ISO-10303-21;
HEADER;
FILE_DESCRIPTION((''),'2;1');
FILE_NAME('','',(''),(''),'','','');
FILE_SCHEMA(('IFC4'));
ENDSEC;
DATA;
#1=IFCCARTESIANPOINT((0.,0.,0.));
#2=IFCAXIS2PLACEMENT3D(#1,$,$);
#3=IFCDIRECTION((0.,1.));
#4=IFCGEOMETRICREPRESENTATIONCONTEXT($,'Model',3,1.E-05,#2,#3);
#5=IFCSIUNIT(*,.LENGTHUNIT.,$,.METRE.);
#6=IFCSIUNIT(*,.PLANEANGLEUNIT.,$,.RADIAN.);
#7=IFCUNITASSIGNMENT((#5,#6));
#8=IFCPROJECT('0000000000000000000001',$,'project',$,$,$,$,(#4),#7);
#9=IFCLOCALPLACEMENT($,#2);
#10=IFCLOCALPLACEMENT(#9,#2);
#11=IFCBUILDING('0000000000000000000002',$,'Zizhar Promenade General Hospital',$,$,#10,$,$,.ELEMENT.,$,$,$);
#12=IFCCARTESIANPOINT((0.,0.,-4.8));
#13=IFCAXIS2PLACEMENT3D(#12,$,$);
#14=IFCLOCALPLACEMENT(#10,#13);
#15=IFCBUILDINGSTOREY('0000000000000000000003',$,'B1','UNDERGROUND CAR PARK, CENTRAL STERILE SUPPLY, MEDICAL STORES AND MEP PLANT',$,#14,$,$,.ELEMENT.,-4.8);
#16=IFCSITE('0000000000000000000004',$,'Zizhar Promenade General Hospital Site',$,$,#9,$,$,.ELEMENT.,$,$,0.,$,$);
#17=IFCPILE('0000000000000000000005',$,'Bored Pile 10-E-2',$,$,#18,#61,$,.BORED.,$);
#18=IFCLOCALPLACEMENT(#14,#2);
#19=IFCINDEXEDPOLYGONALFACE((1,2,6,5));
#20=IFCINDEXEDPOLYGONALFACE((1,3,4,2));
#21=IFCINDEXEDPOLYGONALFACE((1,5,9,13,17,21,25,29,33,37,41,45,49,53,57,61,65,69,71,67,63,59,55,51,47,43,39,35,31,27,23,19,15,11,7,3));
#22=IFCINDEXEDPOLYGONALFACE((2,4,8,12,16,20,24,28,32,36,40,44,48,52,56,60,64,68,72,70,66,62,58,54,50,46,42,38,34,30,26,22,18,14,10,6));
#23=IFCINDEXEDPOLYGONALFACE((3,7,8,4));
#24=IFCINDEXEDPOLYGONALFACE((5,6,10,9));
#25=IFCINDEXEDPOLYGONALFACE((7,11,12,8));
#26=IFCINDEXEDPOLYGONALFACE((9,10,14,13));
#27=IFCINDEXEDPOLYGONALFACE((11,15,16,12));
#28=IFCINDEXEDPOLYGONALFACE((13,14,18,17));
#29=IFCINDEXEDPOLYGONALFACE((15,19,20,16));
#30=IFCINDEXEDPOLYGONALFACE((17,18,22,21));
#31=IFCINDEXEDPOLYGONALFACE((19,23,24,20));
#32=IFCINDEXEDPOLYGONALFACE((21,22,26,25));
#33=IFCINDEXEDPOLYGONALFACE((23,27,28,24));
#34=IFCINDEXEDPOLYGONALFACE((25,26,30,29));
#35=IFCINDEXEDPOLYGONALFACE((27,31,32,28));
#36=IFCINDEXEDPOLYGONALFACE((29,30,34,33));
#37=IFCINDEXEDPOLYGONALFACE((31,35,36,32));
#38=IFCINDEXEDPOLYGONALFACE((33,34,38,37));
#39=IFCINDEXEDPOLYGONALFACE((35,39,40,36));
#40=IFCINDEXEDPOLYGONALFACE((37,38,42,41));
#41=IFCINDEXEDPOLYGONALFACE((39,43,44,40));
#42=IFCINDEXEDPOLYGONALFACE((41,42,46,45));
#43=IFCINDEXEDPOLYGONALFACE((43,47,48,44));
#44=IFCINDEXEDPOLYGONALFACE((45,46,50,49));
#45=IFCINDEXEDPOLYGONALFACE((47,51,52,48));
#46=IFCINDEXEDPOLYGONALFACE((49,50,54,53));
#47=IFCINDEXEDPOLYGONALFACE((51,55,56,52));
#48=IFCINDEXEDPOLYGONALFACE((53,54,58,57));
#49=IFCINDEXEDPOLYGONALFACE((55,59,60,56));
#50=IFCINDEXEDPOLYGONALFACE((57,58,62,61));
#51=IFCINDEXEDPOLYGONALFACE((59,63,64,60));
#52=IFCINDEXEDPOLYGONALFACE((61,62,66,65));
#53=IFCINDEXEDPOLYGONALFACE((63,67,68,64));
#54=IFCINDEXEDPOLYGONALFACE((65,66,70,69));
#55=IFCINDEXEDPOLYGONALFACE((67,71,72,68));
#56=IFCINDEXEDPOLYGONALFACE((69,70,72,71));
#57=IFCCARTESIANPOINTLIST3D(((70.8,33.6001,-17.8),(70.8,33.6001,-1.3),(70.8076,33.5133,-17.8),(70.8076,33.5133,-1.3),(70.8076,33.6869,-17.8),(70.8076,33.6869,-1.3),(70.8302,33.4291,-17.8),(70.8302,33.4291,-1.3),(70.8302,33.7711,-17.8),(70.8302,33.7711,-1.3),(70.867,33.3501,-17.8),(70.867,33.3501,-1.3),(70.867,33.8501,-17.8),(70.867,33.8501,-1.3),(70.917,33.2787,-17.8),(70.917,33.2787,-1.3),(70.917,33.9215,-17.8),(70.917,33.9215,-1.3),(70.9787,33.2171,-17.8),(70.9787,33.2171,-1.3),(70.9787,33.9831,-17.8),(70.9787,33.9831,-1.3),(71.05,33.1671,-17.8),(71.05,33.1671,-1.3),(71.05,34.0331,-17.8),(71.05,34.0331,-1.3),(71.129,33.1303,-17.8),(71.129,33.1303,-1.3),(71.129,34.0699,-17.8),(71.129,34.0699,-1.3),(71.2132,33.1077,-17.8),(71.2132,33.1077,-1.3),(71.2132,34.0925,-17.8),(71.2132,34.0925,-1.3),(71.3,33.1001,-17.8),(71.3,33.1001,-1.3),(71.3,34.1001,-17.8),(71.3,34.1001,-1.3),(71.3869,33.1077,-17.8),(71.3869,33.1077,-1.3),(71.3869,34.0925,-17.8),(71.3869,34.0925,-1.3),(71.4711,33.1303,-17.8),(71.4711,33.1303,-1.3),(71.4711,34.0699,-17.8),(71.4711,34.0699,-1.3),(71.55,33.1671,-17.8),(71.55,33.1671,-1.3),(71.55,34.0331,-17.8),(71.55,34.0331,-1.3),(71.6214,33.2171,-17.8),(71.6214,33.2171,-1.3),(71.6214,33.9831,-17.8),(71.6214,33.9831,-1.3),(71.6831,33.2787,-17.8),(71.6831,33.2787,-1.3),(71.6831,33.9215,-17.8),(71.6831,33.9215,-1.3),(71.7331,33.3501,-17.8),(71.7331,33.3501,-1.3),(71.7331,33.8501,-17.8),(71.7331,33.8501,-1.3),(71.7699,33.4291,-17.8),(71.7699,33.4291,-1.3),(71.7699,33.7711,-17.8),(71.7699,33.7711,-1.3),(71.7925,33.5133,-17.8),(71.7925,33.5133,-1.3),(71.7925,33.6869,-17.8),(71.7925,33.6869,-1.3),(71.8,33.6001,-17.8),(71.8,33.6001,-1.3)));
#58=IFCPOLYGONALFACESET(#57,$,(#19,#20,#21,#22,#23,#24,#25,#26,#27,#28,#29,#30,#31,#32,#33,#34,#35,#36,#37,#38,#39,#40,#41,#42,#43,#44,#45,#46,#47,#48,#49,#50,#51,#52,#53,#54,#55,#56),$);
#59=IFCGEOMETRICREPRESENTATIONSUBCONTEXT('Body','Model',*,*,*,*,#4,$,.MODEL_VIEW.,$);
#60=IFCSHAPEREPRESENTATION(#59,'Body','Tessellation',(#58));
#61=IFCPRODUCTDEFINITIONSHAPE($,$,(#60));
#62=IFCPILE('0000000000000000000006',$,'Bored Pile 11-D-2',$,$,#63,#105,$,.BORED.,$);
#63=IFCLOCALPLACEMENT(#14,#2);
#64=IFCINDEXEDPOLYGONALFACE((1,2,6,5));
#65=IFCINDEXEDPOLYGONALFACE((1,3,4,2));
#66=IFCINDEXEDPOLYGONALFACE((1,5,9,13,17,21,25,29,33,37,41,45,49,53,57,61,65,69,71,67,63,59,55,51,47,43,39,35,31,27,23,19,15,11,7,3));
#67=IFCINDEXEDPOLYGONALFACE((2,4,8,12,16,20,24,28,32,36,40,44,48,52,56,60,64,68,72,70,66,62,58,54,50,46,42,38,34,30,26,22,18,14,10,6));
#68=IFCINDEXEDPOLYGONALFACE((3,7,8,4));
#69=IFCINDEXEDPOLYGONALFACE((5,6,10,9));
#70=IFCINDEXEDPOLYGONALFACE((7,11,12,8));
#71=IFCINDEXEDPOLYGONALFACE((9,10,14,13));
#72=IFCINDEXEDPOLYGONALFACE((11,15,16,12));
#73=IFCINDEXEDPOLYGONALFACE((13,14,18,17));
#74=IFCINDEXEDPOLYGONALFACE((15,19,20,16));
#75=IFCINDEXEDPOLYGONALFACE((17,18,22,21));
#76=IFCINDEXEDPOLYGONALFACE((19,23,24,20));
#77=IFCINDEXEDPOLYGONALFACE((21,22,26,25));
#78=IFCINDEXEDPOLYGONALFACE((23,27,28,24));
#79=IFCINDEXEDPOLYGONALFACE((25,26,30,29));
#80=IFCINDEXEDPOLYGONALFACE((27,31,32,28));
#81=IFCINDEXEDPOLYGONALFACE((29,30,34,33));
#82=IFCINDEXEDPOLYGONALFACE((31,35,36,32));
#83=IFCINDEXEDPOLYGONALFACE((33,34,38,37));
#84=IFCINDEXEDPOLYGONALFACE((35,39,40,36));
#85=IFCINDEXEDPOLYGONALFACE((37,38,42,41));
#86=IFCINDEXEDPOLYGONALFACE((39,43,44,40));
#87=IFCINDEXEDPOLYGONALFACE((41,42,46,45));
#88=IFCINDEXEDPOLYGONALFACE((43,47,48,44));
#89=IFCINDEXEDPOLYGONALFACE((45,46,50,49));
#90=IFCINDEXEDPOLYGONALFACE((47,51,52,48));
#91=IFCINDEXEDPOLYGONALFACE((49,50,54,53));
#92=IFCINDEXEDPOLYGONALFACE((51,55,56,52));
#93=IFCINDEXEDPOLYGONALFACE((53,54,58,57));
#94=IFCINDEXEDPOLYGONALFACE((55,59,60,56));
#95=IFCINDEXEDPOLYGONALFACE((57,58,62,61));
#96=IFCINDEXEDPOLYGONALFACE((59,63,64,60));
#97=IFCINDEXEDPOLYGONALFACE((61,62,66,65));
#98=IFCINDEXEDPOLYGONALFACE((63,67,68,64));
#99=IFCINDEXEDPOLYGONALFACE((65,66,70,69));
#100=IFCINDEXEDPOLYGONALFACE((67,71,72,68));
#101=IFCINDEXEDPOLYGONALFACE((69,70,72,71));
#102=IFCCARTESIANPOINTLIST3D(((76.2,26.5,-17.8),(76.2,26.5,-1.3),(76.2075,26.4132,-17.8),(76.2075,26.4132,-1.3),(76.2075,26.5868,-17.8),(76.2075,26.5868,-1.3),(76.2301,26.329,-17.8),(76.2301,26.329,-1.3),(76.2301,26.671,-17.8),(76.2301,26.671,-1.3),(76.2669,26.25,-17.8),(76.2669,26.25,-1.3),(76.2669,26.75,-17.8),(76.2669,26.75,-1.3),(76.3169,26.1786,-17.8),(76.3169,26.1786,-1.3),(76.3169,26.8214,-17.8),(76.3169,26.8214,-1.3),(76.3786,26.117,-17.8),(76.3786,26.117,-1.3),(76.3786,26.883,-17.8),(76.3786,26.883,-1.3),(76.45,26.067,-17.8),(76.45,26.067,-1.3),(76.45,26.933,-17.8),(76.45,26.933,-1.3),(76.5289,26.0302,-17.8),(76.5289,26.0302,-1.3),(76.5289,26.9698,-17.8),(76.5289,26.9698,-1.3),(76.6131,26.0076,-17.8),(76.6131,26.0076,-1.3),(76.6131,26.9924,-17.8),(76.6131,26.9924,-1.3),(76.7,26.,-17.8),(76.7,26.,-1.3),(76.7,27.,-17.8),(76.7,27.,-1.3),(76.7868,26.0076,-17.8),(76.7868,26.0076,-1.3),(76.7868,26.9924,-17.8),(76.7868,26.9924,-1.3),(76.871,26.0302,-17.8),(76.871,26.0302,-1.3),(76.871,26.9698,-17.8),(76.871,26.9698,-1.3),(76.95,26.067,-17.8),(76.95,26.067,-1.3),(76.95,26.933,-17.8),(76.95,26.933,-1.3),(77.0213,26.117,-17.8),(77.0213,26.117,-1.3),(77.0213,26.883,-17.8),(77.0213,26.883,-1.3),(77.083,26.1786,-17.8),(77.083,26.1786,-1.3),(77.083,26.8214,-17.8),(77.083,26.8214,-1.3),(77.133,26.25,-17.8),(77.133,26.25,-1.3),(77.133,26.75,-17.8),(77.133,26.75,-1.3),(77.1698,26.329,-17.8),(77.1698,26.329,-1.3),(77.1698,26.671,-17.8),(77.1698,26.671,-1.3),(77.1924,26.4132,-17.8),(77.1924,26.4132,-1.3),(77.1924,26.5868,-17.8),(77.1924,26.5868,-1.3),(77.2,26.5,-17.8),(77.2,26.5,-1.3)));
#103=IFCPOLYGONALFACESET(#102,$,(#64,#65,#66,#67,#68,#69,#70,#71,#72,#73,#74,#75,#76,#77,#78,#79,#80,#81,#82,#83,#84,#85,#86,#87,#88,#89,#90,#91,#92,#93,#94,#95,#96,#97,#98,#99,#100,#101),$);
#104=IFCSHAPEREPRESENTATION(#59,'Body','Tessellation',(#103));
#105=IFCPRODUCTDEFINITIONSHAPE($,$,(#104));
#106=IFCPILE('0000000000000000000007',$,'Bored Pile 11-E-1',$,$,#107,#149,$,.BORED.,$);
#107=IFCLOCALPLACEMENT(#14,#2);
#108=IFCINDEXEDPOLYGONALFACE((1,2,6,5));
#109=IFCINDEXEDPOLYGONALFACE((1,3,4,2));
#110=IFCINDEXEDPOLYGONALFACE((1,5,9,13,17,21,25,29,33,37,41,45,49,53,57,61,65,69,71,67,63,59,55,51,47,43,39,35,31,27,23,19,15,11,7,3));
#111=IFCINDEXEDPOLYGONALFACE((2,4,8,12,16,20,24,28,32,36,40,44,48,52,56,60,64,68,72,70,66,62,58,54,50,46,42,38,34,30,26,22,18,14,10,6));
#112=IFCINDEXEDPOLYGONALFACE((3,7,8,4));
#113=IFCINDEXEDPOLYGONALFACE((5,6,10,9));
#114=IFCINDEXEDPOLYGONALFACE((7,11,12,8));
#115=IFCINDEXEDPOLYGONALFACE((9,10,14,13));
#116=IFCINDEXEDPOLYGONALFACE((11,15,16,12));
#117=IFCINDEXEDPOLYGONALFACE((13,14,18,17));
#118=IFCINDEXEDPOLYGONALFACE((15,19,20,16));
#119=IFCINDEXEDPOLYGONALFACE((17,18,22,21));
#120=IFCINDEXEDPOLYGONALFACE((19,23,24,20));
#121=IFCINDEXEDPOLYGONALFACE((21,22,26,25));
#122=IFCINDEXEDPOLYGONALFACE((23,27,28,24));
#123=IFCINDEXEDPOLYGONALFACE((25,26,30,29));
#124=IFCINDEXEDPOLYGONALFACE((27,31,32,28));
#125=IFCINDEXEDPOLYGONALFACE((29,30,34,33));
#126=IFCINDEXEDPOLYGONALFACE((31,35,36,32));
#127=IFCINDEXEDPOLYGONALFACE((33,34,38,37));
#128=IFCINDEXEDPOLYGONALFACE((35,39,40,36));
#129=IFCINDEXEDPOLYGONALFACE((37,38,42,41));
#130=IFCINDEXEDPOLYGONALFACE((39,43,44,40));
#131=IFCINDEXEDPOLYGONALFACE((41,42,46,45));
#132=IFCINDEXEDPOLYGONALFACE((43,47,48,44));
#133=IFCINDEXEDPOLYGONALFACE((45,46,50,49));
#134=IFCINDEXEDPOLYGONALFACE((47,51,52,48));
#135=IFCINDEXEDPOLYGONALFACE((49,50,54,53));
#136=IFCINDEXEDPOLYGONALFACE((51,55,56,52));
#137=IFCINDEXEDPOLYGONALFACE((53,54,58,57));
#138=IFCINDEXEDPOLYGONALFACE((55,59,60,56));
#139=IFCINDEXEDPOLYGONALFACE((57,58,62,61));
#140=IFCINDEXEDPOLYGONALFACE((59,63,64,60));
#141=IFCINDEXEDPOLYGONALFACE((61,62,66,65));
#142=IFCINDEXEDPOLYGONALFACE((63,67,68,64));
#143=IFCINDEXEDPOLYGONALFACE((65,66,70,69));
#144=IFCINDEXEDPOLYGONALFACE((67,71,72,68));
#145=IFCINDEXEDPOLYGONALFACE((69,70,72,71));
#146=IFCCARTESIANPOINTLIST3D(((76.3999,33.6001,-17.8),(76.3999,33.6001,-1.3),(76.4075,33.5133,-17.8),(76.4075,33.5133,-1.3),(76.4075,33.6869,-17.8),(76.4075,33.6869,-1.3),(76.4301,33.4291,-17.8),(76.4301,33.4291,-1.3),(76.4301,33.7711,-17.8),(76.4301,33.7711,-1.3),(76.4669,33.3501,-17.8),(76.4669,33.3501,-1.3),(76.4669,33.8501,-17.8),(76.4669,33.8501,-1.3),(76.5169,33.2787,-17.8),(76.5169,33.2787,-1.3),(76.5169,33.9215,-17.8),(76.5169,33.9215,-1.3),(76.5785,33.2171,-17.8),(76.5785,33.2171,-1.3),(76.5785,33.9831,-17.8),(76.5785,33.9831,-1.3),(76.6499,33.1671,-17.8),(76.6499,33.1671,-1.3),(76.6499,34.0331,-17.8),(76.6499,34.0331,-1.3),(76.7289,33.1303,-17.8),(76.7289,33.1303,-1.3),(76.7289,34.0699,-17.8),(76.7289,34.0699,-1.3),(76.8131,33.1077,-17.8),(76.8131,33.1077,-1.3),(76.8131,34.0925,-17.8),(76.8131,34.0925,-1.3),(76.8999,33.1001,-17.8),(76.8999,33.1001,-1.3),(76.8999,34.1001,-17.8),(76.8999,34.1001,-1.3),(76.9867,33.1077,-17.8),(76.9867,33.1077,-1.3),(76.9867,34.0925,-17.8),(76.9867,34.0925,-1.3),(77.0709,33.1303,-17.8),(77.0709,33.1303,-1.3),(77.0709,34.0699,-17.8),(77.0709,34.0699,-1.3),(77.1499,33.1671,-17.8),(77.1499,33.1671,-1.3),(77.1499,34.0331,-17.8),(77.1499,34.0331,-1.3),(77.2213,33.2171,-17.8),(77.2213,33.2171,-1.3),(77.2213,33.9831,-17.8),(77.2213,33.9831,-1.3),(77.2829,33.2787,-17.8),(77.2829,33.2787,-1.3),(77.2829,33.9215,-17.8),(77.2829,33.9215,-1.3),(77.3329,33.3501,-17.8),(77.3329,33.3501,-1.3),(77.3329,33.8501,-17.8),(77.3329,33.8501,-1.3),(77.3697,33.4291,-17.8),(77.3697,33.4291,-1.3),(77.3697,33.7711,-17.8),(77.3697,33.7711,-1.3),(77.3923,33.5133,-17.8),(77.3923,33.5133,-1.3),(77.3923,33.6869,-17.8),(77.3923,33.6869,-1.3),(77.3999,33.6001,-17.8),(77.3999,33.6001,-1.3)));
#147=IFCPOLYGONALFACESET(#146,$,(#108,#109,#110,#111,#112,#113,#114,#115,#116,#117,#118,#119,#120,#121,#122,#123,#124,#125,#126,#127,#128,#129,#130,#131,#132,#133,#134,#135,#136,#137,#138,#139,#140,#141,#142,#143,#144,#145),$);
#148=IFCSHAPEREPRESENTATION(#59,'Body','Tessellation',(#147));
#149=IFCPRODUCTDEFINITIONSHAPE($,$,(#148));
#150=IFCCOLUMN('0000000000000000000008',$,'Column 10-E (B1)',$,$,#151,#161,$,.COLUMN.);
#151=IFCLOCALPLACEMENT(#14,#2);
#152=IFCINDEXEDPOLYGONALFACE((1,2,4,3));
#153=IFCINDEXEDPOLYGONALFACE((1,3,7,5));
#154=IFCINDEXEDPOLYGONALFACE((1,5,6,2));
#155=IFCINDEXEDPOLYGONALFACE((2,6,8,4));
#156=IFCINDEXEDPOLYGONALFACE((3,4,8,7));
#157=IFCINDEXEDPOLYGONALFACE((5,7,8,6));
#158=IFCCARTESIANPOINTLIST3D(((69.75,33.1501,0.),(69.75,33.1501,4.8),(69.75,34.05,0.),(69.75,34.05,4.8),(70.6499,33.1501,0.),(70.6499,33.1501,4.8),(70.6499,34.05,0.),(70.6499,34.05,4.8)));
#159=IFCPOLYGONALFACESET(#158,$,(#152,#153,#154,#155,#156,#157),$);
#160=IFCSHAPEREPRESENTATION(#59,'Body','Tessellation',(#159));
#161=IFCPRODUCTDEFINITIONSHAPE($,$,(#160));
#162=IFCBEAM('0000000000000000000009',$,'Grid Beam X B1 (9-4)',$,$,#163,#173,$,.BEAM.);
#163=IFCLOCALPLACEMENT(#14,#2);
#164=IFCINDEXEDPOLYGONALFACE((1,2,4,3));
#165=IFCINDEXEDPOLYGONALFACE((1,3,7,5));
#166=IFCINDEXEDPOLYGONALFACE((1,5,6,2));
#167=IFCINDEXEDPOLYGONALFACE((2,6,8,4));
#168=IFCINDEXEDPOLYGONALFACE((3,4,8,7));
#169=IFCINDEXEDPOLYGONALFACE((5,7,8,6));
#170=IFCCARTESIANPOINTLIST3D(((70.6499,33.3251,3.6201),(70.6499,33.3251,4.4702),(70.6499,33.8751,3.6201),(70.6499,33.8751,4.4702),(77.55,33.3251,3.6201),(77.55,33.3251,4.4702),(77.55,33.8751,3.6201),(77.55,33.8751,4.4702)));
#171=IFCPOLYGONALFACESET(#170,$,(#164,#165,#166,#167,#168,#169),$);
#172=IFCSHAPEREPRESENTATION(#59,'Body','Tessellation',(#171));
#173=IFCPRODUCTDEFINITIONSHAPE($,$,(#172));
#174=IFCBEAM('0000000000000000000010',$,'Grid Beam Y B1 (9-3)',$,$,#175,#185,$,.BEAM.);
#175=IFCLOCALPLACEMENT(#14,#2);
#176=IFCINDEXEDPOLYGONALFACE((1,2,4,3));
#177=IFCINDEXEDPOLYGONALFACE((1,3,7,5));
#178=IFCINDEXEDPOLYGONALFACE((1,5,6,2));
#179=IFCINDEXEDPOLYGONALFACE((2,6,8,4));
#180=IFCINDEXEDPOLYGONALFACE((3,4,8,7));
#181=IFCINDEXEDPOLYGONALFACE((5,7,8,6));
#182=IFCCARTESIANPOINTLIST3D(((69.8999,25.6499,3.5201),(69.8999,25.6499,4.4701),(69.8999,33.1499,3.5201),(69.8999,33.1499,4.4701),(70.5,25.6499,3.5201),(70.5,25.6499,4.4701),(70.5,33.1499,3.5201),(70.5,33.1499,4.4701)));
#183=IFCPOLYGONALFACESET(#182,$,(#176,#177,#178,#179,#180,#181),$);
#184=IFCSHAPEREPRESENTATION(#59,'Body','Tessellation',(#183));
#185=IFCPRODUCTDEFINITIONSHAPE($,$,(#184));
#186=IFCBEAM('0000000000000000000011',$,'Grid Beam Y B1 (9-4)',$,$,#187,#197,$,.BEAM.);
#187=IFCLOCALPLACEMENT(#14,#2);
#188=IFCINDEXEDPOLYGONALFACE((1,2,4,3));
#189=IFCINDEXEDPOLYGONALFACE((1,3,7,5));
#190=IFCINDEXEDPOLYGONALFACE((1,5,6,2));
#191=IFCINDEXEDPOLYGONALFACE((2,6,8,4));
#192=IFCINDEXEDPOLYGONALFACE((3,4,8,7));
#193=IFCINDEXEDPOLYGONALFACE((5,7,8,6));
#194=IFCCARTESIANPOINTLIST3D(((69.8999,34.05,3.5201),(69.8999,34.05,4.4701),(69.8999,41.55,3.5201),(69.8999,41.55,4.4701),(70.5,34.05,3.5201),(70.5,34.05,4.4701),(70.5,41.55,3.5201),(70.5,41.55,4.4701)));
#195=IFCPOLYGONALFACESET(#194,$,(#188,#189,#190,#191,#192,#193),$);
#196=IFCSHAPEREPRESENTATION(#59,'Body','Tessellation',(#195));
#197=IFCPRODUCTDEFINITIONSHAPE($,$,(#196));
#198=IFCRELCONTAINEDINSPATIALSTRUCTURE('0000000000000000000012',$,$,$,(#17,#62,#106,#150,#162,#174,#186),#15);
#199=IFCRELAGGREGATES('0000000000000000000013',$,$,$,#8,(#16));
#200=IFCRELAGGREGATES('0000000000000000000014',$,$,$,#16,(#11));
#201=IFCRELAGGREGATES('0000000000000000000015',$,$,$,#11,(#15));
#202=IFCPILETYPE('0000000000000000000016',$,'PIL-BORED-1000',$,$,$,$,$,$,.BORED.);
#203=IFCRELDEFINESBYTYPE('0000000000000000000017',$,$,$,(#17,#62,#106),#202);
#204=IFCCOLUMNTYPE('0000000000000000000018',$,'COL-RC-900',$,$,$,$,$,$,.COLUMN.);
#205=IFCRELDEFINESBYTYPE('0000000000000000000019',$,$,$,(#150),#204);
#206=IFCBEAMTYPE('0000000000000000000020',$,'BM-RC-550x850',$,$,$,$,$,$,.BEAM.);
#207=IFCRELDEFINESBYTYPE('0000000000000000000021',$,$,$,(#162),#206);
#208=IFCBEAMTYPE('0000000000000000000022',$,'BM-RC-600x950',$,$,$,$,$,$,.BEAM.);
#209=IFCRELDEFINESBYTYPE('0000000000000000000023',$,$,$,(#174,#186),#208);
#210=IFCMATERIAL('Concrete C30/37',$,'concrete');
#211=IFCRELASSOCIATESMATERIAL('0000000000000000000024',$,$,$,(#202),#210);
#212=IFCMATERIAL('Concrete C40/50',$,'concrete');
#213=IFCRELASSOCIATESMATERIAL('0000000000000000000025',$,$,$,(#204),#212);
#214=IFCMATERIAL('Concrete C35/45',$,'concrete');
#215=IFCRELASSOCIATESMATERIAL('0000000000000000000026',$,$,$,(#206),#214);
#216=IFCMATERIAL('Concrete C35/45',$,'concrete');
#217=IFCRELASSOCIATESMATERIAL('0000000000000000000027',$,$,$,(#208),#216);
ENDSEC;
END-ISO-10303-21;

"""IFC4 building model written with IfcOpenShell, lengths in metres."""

from ifc_helpers import new_model, si_unit, direction, frame, origin, origin_2d, place, context, subcontext, project, spatial, rectangle, circle, extrude, material, material_profile, profile_set, type_object, element, save


model = new_model("IFC4")

# Units and contexts
model_context = context("Model", 3, precision=1e-05, world=origin(), true_north=direction((0.0, 1.0)))
body_context = subcontext(model_context, "Body", "Model", "MODEL_VIEW")
ifc_project = project(units=[si_unit("LENGTHUNIT", "METRE"), si_unit("PLANEANGLEUNIT", "RADIAN")], contexts=[model_context])

# Site, building, storey
site_placement = place(None, origin())
site = spatial("IfcSite", under=ifc_project, at=site_placement, Name="Zizhar Promenade General Hospital Site", CompositionType="ELEMENT", RefElevation=0.0)
building_placement = place(site_placement, origin())
building = spatial("IfcBuilding", under=site, at=building_placement, Name="Zizhar Promenade General Hospital", CompositionType="ELEMENT")
storey_placement = place(building_placement, frame((0.0, 0.0, -4.8)))
storey = spatial("IfcBuildingStorey", under=building, at=storey_placement, Name="B1", Description="UNDERGROUND CAR PARK, CENTRAL STERILE SUPPLY, MEDICAL STORES AND MEP PLANT", CompositionType="ELEMENT", Elevation=-4.8)

# Piles
ifc_material_1 = material(Name="Concrete C30/37", Category="concrete")
ifc_material_profile_1 = material_profile(ifc_material_1, circle(Radius=0.5, at=origin_2d()))
ifc_profile_set_1 = profile_set([ifc_material_profile_1], Name="Concrete C30/37")
pile_type = type_object("IfcPileType", Name="PIL-BORED-1000", PredefinedType="BORED", material=ifc_profile_set_1)
for number, where, z_axis, x_axis, name in (
    (1, (71.3, 33.6001, -1.3), (0.0, 0.0, -1.0), (1.0, 0.0, 0.0), "Bored Pile 10-E-2"),
    (2, (76.7, 26.5, -1.3), (0.0, 0.0, -1.0), (1.0, 0.0, 0.0), "Bored Pile 11-D-2"),
    (3, (76.8999, 33.6001, -1.3), (0.0, 0.0, -1.0), (1.0, 0.0, 0.0), "Bored Pile 11-E-1"),
):
    element("IfcPile", number, at=place(storey_placement, frame(where, z_axis=z_axis, x_axis=x_axis)), inside=storey, type_object=pile_type, Name=name, PredefinedType="BORED", context=body_context, shape_type="SweptSolid", body=[
        extrude(circle(Radius=0.5, at=origin_2d()), origin(), (0.0, 0.0, 1.0), 16.5),
    ])

# Column
ifc_material_2 = material(Name="Concrete C40/50", Category="concrete")
ifc_material_profile_2 = material_profile(ifc_material_2, rectangle(XDim=0.8999, YDim=0.8999, at=origin_2d()))
ifc_profile_set_2 = profile_set([ifc_material_profile_2], Name="Concrete C40/50")
column_type = type_object("IfcColumnType", Name="COL-RC-900", PredefinedType="COLUMN", material=ifc_profile_set_2)
column_placement = place(storey_placement, frame((70.2, 33.6001, 0.0), z_axis=(0.0, 0.0, 1.0), x_axis=(1.0, 0.0, 0.0)))
element("IfcColumn", 4, at=column_placement, inside=storey, type_object=column_type, Name="Column 10-E (B1)", PredefinedType="COLUMN", context=body_context, shape_type="SweptSolid", body=[
    extrude(rectangle(XDim=0.8999, YDim=0.8999, at=origin_2d()), origin(), (0.0, 0.0, 1.0), 4.8),
])

# Beams
ifc_material_3 = material(Name="Concrete C35/45", Category="concrete")
ifc_material_profile_3 = material_profile(ifc_material_3, rectangle(XDim=0.55, YDim=0.8501, at=origin_2d()))
ifc_profile_set_3 = profile_set([ifc_material_profile_3], Name="Concrete C35/45")
beam_type_1 = type_object("IfcBeamType", Name="BM-RC-550x850", PredefinedType="BEAM", material=ifc_profile_set_3)
beam_placement = place(storey_placement, frame((70.6499, 33.6001, 4.0452), z_axis=(1.0, 0.0, 0.0), x_axis=(0.0, 1.0, 0.0)))
element("IfcBeam", 5, at=beam_placement, inside=storey, type_object=beam_type_1, Name="Grid Beam X B1 (9-4)", PredefinedType="BEAM", context=body_context, shape_type="SweptSolid", body=[
    extrude(rectangle(XDim=0.55, YDim=0.8501, at=origin_2d()), origin(), (0.0, 0.0, 1.0), 6.9001),
])
ifc_material_4 = material(Name="Concrete C35/45", Category="concrete")
ifc_material_profile_4 = material_profile(ifc_material_4, rectangle(XDim=0.6001, YDim=0.95, at=origin_2d()))
ifc_profile_set_4 = profile_set([ifc_material_profile_4], Name="Concrete C35/45")
beam_type_2 = type_object("IfcBeamType", Name="BM-RC-600x950", PredefinedType="BEAM", material=ifc_profile_set_4)
for number, where, z_axis, x_axis, name in (
    (6, (70.2, 25.6499, 3.9951), (0.0, 1.0, 0.0), (-1.0, 0.0, 0.0), "Grid Beam Y B1 (9-3)"),
    (7, (70.2, 34.05, 3.9951), (0.0, 1.0, 0.0), (-1.0, 0.0, 0.0), "Grid Beam Y B1 (9-4)"),
):
    element("IfcBeam", number, at=place(storey_placement, frame(where, z_axis=z_axis, x_axis=x_axis)), inside=storey, type_object=beam_type_2, Name=name, PredefinedType="BEAM", context=body_context, shape_type="SweptSolid", body=[
        extrude(rectangle(XDim=0.6001, YDim=0.95, at=origin_2d()), origin(), (0.0, 0.0, 1.0), 7.5),
    ])

save(model, "model.ifc")
